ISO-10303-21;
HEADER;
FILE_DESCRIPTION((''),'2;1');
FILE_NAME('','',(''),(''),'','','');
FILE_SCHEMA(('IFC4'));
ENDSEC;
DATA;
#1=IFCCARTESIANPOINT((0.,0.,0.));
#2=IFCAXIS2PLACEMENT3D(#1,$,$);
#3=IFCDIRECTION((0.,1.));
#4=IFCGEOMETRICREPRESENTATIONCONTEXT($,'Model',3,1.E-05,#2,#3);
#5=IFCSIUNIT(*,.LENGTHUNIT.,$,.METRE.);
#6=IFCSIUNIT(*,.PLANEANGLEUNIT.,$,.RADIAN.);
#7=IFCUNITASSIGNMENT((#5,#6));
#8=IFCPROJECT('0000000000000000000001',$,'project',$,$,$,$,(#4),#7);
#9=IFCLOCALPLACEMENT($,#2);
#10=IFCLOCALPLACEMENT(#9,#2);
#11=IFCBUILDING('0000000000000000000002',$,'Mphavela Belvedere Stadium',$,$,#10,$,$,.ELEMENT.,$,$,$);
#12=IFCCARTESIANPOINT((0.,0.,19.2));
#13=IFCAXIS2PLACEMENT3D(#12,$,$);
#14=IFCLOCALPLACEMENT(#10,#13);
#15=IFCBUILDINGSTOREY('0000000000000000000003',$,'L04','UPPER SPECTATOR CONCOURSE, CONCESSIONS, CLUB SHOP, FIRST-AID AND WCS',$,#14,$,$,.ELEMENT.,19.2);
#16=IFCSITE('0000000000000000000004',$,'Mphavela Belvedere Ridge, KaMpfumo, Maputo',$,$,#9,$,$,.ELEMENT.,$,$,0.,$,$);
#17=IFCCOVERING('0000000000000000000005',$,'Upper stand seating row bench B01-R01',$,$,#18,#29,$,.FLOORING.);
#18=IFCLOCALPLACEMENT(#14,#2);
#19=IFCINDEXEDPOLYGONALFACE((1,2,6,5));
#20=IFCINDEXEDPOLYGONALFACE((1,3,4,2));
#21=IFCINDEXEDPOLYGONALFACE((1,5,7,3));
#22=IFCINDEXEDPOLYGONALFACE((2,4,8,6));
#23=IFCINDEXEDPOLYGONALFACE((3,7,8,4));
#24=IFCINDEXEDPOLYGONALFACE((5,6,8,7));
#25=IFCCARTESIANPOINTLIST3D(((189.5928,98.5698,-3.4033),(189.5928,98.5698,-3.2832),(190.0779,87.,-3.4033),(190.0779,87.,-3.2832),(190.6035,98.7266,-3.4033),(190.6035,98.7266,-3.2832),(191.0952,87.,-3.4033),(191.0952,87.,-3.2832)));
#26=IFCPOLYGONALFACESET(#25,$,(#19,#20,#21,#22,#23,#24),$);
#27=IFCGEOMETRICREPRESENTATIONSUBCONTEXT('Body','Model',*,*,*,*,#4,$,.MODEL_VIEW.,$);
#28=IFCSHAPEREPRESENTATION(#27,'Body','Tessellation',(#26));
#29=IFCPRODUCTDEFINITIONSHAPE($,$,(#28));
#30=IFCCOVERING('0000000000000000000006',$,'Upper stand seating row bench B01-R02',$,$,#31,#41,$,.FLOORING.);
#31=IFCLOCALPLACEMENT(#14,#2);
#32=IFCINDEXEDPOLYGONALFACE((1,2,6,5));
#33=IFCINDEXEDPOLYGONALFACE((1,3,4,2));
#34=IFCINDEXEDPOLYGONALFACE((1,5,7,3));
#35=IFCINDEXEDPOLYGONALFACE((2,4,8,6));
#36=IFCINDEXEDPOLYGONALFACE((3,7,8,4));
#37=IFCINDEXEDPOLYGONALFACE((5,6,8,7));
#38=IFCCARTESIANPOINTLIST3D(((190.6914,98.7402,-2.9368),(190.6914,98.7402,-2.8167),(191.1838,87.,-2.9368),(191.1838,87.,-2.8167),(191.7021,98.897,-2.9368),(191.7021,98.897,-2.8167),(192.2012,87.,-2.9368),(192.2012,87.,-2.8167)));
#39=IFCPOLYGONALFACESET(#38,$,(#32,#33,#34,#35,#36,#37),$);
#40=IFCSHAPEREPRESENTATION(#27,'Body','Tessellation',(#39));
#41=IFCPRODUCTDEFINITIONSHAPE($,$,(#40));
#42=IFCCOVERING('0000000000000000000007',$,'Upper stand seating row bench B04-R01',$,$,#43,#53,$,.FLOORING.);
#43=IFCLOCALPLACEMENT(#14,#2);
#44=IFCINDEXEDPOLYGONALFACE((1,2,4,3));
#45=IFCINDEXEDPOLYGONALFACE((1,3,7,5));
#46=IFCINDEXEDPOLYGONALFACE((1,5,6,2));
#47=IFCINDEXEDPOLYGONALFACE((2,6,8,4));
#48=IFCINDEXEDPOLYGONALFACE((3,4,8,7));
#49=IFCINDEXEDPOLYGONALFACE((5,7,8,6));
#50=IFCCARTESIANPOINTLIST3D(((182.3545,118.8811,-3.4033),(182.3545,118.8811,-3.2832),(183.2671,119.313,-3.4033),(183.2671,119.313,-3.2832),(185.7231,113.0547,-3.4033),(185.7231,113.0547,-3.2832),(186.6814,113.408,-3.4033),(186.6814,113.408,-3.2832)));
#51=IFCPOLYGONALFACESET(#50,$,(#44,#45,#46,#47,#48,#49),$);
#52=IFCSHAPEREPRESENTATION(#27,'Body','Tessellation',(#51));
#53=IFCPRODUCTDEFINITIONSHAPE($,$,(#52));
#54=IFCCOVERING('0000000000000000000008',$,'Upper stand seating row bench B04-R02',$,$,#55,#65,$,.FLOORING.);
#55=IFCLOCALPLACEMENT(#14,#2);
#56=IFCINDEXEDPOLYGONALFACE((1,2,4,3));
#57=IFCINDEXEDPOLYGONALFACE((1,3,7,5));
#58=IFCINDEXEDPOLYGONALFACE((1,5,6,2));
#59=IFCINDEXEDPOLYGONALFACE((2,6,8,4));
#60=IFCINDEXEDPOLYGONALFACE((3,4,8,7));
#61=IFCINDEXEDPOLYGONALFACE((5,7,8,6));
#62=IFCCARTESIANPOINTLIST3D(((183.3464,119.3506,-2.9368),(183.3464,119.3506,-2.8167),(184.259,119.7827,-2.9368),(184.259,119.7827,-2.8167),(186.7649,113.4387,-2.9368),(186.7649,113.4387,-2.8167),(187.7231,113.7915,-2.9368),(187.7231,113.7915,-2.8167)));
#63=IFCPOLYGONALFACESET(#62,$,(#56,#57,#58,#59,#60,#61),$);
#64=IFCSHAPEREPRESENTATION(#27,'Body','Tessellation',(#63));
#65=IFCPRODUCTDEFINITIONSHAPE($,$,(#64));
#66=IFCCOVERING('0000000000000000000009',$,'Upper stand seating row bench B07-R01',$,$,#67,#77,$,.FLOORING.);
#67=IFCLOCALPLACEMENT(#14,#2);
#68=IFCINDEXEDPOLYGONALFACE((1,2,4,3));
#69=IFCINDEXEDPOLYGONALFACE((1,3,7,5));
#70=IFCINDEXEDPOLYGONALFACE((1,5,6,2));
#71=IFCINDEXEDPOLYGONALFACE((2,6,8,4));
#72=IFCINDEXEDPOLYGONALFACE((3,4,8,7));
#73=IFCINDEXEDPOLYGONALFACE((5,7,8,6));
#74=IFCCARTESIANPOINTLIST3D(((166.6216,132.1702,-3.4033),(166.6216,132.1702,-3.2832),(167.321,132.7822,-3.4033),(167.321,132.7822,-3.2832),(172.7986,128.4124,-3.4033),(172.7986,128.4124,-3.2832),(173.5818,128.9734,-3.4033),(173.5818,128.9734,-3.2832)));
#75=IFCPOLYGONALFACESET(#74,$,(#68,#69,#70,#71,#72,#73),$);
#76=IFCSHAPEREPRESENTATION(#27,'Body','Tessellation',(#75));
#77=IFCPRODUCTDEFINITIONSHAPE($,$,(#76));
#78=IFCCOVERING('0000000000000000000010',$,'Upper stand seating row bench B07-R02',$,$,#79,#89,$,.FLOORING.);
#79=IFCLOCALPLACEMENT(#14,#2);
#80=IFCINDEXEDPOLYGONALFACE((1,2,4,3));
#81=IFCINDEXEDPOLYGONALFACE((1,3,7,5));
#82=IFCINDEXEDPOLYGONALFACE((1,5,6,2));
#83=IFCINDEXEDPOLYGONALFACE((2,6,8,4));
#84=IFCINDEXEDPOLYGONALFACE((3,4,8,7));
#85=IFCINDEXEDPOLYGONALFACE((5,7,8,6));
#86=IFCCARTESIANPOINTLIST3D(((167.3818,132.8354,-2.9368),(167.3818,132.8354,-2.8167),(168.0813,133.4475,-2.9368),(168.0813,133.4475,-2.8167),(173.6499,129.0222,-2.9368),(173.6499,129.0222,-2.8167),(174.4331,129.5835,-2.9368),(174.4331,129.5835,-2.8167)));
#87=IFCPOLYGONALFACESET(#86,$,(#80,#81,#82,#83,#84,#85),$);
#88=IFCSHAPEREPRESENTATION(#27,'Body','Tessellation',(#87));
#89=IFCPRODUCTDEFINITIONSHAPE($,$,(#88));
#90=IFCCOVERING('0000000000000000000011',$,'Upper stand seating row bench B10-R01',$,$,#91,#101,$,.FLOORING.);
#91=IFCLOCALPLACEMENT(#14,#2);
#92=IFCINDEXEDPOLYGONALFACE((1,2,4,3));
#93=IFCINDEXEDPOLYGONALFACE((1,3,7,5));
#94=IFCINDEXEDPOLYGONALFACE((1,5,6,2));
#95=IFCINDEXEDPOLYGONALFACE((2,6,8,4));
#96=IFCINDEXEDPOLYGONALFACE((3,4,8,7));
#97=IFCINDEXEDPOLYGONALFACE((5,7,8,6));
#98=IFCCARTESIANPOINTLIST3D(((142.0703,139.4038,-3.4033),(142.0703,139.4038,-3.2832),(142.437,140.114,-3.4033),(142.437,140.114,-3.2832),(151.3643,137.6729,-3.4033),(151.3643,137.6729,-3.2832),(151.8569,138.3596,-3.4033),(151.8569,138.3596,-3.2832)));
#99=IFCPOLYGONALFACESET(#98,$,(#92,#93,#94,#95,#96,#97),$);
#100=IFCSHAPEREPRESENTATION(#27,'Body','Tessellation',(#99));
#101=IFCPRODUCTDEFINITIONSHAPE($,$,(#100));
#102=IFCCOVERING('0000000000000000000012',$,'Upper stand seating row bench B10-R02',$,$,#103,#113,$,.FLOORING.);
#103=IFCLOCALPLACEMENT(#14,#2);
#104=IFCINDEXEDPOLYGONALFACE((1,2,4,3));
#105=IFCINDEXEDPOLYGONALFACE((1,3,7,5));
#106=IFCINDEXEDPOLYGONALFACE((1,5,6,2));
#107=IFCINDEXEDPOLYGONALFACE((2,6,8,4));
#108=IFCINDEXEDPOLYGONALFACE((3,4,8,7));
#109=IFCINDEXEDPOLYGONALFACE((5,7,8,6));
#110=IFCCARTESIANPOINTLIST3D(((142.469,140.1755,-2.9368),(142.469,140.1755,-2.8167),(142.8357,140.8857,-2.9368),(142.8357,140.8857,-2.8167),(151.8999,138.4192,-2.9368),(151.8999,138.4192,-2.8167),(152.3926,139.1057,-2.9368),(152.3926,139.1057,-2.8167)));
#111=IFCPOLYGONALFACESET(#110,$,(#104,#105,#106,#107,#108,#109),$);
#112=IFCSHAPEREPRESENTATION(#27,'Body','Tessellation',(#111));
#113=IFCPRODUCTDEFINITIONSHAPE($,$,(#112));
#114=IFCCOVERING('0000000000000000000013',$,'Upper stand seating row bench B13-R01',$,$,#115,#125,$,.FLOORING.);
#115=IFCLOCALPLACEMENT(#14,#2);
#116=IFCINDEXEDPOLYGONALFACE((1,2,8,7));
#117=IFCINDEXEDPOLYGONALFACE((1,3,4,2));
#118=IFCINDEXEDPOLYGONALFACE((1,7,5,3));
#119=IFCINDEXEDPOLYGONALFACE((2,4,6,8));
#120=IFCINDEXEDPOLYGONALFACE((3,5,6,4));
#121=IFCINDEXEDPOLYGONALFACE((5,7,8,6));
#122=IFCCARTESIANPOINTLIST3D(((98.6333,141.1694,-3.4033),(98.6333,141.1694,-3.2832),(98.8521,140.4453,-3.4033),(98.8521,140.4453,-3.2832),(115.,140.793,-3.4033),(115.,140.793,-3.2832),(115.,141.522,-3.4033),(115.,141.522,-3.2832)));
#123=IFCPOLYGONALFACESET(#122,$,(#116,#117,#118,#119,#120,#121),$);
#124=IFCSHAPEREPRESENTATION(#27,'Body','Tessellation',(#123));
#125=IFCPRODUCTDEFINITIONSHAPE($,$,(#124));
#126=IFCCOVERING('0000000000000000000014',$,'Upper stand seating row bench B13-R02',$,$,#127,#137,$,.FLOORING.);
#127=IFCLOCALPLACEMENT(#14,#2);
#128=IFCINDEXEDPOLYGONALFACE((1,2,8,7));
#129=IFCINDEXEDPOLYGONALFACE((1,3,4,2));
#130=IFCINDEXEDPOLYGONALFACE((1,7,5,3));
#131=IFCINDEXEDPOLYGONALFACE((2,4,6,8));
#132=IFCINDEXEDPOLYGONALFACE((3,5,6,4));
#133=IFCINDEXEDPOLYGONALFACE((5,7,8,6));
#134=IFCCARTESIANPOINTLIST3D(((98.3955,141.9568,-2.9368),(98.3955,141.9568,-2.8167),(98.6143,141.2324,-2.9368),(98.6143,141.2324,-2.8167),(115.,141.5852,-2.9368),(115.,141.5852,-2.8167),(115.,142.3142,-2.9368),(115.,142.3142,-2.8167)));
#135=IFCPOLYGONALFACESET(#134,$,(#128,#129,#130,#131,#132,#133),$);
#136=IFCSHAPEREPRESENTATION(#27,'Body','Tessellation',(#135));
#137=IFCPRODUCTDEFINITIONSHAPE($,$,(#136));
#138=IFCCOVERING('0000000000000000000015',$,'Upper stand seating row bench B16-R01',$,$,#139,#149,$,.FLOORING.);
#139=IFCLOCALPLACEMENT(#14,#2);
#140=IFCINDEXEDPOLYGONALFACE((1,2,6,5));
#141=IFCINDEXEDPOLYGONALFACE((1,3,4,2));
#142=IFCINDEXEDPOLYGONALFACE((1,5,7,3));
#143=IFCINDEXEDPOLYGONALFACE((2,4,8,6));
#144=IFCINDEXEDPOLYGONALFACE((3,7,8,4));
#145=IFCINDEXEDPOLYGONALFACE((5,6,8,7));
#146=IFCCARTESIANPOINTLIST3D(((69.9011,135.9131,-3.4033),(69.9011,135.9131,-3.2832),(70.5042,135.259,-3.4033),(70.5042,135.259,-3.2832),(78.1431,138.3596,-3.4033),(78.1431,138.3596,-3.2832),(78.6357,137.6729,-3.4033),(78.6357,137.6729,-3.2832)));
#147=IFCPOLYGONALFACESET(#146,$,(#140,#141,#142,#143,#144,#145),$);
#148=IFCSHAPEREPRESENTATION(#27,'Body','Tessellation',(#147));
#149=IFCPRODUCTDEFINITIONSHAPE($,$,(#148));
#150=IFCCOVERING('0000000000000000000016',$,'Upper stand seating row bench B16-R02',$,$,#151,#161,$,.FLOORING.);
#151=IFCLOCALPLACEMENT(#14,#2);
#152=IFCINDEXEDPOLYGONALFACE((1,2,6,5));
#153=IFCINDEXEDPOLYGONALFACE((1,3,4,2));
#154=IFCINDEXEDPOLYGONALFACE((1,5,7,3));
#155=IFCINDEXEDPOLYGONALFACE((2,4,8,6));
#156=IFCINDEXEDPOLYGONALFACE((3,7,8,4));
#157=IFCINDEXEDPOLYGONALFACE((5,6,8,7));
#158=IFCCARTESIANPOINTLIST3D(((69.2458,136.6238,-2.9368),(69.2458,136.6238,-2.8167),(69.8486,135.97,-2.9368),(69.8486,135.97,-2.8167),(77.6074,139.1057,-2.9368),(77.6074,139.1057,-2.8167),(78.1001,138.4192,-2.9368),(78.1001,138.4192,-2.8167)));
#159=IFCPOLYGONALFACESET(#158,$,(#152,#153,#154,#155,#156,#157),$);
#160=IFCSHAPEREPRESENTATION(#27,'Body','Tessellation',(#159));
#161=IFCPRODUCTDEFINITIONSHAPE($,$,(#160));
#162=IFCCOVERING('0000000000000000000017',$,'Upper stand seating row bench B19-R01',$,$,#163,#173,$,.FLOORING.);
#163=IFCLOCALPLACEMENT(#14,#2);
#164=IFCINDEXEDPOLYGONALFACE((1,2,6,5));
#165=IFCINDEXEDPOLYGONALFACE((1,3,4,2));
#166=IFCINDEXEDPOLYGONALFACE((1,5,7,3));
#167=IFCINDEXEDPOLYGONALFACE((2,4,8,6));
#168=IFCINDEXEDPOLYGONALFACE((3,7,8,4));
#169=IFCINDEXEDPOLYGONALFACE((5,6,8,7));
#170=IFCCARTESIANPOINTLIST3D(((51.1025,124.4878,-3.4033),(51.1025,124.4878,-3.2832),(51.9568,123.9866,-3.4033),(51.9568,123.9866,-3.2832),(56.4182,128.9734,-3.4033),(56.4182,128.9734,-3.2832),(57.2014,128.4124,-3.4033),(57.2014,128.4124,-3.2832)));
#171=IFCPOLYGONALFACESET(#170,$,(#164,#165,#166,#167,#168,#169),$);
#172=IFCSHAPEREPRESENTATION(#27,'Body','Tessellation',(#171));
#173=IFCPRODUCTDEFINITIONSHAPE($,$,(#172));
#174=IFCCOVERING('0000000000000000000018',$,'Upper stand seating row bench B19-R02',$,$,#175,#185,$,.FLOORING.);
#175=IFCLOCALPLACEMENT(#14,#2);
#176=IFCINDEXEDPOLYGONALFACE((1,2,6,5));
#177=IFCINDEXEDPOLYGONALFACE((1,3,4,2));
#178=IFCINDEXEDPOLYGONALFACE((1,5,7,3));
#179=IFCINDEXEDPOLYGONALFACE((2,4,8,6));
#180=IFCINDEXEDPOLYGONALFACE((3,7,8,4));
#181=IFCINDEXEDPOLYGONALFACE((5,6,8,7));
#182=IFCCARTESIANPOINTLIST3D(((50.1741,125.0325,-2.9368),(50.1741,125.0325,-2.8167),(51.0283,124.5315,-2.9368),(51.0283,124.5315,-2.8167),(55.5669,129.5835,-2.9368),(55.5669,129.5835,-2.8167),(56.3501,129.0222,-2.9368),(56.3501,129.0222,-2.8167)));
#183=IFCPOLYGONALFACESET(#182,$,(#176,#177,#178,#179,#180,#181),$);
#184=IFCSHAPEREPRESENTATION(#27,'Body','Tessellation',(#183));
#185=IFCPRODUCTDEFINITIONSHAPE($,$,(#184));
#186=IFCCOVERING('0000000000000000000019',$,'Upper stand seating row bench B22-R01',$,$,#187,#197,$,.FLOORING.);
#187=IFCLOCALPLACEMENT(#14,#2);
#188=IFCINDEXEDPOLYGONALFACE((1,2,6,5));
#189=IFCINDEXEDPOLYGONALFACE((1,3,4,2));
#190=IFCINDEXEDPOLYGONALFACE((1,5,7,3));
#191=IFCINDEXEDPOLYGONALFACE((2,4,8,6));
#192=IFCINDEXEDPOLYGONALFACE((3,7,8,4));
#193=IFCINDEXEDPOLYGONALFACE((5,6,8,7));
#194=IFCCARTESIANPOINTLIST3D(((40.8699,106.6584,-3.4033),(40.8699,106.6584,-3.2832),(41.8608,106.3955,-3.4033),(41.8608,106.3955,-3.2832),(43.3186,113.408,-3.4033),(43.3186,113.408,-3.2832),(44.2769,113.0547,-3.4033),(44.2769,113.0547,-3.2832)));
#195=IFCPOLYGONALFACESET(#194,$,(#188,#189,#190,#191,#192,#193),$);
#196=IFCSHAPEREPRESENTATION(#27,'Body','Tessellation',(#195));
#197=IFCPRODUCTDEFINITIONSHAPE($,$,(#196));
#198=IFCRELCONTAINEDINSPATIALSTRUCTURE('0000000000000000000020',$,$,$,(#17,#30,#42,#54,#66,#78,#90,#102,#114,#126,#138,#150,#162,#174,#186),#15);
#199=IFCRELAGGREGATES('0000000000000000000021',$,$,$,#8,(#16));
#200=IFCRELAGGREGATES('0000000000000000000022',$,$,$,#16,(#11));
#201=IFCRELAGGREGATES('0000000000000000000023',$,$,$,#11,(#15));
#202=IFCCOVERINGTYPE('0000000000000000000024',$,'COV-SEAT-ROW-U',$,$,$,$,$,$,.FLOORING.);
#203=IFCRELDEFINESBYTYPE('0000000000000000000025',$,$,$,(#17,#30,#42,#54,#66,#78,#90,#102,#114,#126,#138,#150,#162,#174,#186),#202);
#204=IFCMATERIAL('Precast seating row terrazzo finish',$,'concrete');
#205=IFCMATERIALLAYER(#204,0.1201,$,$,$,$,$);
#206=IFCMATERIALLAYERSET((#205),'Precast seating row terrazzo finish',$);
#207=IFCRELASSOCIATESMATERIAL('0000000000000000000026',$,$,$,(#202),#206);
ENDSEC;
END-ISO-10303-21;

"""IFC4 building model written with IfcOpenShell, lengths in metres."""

from ifc_helpers import new_model, si_unit, direction, frame, origin, place, context, subcontext, project, spatial, polyline, outline, extrude, material, layer, layer_set, type_object, element, save


model = new_model("IFC4")

# Units and contexts
model_context = context("Model", 3, precision=1e-05, world=origin(), true_north=direction((0.0, 1.0)))
body_context = subcontext(model_context, "Body", "Model", "MODEL_VIEW")
ifc_project = project(units=[si_unit("LENGTHUNIT", "METRE"), si_unit("PLANEANGLEUNIT", "RADIAN")], contexts=[model_context])

# Site, building, storey
site_placement = place(None, origin())
site = spatial("IfcSite", under=ifc_project, at=site_placement, Name="Mphavela Belvedere Ridge, KaMpfumo, Maputo", CompositionType="ELEMENT", RefElevation=0.0)
building_placement = place(site_placement, origin())
building = spatial("IfcBuilding", under=site, at=building_placement, Name="Mphavela Belvedere Stadium", CompositionType="ELEMENT")
storey_placement = place(building_placement, frame((0.0, 0.0, 19.2)))
storey = spatial("IfcBuildingStorey", under=building, at=storey_placement, Name="L04", Description="UPPER SPECTATOR CONCOURSE, CONCESSIONS, CLUB SHOP, FIRST-AID AND WCS", CompositionType="ELEMENT", Elevation=19.2)

# Coverings
ifc_material = material(Name="Precast seating row terrazzo finish", Category="concrete")
ifc_layer = layer(ifc_material, 0.1201)
ifc_layer_set = layer_set([ifc_layer], Name="Precast seating row terrazzo finish")
covering_type = type_object("IfcCoveringType", Name="COV-SEAT-ROW-U", PredefinedType="FLOORING", material=ifc_layer_set)
covering_1_placement = place(storey_placement, frame((0.0, 0.0, -3.4033)))
element("IfcCovering", 1, at=covering_1_placement, inside=storey, type_object=covering_type, Name="Upper stand seating row bench B01-R01", PredefinedType="FLOORING", context=body_context, shape_type="SweptSolid", body=[
    extrude(outline(polyline([(190.0779, 87.0), (189.5928, 98.5698), (190.6035, 98.7266), (191.0952, 87.0), (190.0779, 87.0)])), origin(), (0.0, 0.0, 1.0), 0.1201),
])
covering_2_placement = place(storey_placement, frame((0.0, 0.0, -2.9368)))
element("IfcCovering", 2, at=covering_2_placement, inside=storey, type_object=covering_type, Name="Upper stand seating row bench B01-R02", PredefinedType="FLOORING", context=body_context, shape_type="SweptSolid", body=[
    extrude(outline(polyline([(191.1838, 87.0), (190.6914, 98.7402), (191.7021, 98.897), (192.2012, 87.0), (191.1838, 87.0)])), origin(), (0.0, 0.0, 1.0), 0.1201),
])
covering_3_placement = place(storey_placement, frame((0.0, 0.0, -3.4033)))
element("IfcCovering", 3, at=covering_3_placement, inside=storey, type_object=covering_type, Name="Upper stand seating row bench B04-R01", PredefinedType="FLOORING", context=body_context, shape_type="SweptSolid", body=[
    extrude(outline(polyline([(185.7231, 113.0547), (182.3545, 118.8811), (183.2671, 119.313), (186.6814, 113.408), (185.7231, 113.0547)])), origin(), (0.0, 0.0, 1.0), 0.1201),
])
covering_4_placement = place(storey_placement, frame((0.0, 0.0, -2.9368)))
element("IfcCovering", 4, at=covering_4_placement, inside=storey, type_object=covering_type, Name="Upper stand seating row bench B04-R02", PredefinedType="FLOORING", context=body_context, shape_type="SweptSolid", body=[
    extrude(outline(polyline([(186.7649, 113.4387), (183.3464, 119.3506), (184.259, 119.7827), (187.7231, 113.7915), (186.7649, 113.4387)])), origin(), (0.0, 0.0, 1.0), 0.1201),
])
covering_5_placement = place(storey_placement, frame((0.0, 0.0, -3.4033)))
element("IfcCovering", 5, at=covering_5_placement, inside=storey, type_object=covering_type, Name="Upper stand seating row bench B07-R01", PredefinedType="FLOORING", context=body_context, shape_type="SweptSolid", body=[
    extrude(outline(polyline([(172.7986, 128.4124), (166.6216, 132.1702), (167.321, 132.7822), (173.5818, 128.9734), (172.7986, 128.4124)])), origin(), (0.0, 0.0, 1.0), 0.1201),
])
covering_6_placement = place(storey_placement, frame((0.0, 0.0, -2.9368)))
element("IfcCovering", 6, at=covering_6_placement, inside=storey, type_object=covering_type, Name="Upper stand seating row bench B07-R02", PredefinedType="FLOORING", context=body_context, shape_type="SweptSolid", body=[
    extrude(outline(polyline([(173.6499, 129.0222), (167.3818, 132.8354), (168.0813, 133.4475), (174.4331, 129.5835), (173.6499, 129.0222)])), origin(), (0.0, 0.0, 1.0), 0.1201),
])
covering_7_placement = place(storey_placement, frame((0.0, 0.0, -3.4033)))
element("IfcCovering", 7, at=covering_7_placement, inside=storey, type_object=covering_type, Name="Upper stand seating row bench B10-R01", PredefinedType="FLOORING", context=body_context, shape_type="SweptSolid", body=[
    extrude(outline(polyline([(151.3643, 137.6729), (142.0703, 139.4038), (142.437, 140.114), (151.8569, 138.3596), (151.3643, 137.6729)])), origin(), (0.0, 0.0, 1.0), 0.1201),
])
covering_8_placement = place(storey_placement, frame((0.0, 0.0, -2.9368)))
element("IfcCovering", 8, at=covering_8_placement, inside=storey, type_object=covering_type, Name="Upper stand seating row bench B10-R02", PredefinedType="FLOORING", context=body_context, shape_type="SweptSolid", body=[
    extrude(outline(polyline([(151.8999, 138.4192), (142.469, 140.1755), (142.8357, 140.8857), (152.3926, 139.1057), (151.8999, 138.4192)])), origin(), (0.0, 0.0, 1.0), 0.1201),
])
covering_9_placement = place(storey_placement, frame((0.0, 0.0, -3.4033)))
element("IfcCovering", 9, at=covering_9_placement, inside=storey, type_object=covering_type, Name="Upper stand seating row bench B13-R01", PredefinedType="FLOORING", context=body_context, shape_type="SweptSolid", body=[
    extrude(outline(polyline([(115.0, 140.793), (98.8521, 140.4453), (98.6333, 141.1694), (115.0, 141.522), (115.0, 140.793)])), origin(), (0.0, 0.0, 1.0), 0.1201),
])
covering_10_placement = place(storey_placement, frame((0.0, 0.0, -2.9368)))
element("IfcCovering", 10, at=covering_10_placement, inside=storey, type_object=covering_type, Name="Upper stand seating row bench B13-R02", PredefinedType="FLOORING", context=body_context, shape_type="SweptSolid", body=[
    extrude(outline(polyline([(115.0, 141.5852), (98.6143, 141.2324), (98.3955, 141.9568), (115.0, 142.3142), (115.0, 141.5852)])), origin(), (0.0, 0.0, 1.0), 0.1201),
])
covering_11_placement = place(storey_placement, frame((0.0, 0.0, -3.4033)))
element("IfcCovering", 11, at=covering_11_placement, inside=storey, type_object=covering_type, Name="Upper stand seating row bench B16-R01", PredefinedType="FLOORING", context=body_context, shape_type="SweptSolid", body=[
    extrude(outline(polyline([(78.6357, 137.6729), (70.5042, 135.259), (69.9011, 135.9131), (78.1431, 138.3596), (78.6357, 137.6729)])), origin(), (0.0, 0.0, 1.0), 0.1201),
])
covering_12_placement = place(storey_placement, frame((0.0, 0.0, -2.9368)))
element("IfcCovering", 12, at=covering_12_placement, inside=storey, type_object=covering_type, Name="Upper stand seating row bench B16-R02", PredefinedType="FLOORING", context=body_context, shape_type="SweptSolid", body=[
    extrude(outline(polyline([(78.1001, 138.4192), (69.8486, 135.97), (69.2458, 136.6238), (77.6074, 139.1057), (78.1001, 138.4192)])), origin(), (0.0, 0.0, 1.0), 0.1201),
])
covering_13_placement = place(storey_placement, frame((0.0, 0.0, -3.4033)))
element("IfcCovering", 13, at=covering_13_placement, inside=storey, type_object=covering_type, Name="Upper stand seating row bench B19-R01", PredefinedType="FLOORING", context=body_context, shape_type="SweptSolid", body=[
    extrude(outline(polyline([(57.2014, 128.4124), (51.9568, 123.9866), (51.1025, 124.4878), (56.4182, 128.9734), (57.2014, 128.4124)])), origin(), (0.0, 0.0, 1.0), 0.1201),
])
covering_14_placement = place(storey_placement, frame((0.0, 0.0, -2.9368)))
element("IfcCovering", 14, at=covering_14_placement, inside=storey, type_object=covering_type, Name="Upper stand seating row bench B19-R02", PredefinedType="FLOORING", context=body_context, shape_type="SweptSolid", body=[
    extrude(outline(polyline([(56.3501, 129.0222), (51.0283, 124.5315), (50.1741, 125.0325), (55.5669, 129.5835), (56.3501, 129.0222)])), origin(), (0.0, 0.0, 1.0), 0.1201),
])
covering_15_placement = place(storey_placement, frame((0.0, 0.0, -3.4033)))
element("IfcCovering", 15, at=covering_15_placement, inside=storey, type_object=covering_type, Name="Upper stand seating row bench B22-R01", PredefinedType="FLOORING", context=body_context, shape_type="SweptSolid", body=[
    extrude(outline(polyline([(44.2769, 113.0547), (41.8608, 106.3955), (40.8699, 106.6584), (43.3186, 113.408), (44.2769, 113.0547)])), origin(), (0.0, 0.0, 1.0), 0.1201),
])

save(model, "model.ifc")
